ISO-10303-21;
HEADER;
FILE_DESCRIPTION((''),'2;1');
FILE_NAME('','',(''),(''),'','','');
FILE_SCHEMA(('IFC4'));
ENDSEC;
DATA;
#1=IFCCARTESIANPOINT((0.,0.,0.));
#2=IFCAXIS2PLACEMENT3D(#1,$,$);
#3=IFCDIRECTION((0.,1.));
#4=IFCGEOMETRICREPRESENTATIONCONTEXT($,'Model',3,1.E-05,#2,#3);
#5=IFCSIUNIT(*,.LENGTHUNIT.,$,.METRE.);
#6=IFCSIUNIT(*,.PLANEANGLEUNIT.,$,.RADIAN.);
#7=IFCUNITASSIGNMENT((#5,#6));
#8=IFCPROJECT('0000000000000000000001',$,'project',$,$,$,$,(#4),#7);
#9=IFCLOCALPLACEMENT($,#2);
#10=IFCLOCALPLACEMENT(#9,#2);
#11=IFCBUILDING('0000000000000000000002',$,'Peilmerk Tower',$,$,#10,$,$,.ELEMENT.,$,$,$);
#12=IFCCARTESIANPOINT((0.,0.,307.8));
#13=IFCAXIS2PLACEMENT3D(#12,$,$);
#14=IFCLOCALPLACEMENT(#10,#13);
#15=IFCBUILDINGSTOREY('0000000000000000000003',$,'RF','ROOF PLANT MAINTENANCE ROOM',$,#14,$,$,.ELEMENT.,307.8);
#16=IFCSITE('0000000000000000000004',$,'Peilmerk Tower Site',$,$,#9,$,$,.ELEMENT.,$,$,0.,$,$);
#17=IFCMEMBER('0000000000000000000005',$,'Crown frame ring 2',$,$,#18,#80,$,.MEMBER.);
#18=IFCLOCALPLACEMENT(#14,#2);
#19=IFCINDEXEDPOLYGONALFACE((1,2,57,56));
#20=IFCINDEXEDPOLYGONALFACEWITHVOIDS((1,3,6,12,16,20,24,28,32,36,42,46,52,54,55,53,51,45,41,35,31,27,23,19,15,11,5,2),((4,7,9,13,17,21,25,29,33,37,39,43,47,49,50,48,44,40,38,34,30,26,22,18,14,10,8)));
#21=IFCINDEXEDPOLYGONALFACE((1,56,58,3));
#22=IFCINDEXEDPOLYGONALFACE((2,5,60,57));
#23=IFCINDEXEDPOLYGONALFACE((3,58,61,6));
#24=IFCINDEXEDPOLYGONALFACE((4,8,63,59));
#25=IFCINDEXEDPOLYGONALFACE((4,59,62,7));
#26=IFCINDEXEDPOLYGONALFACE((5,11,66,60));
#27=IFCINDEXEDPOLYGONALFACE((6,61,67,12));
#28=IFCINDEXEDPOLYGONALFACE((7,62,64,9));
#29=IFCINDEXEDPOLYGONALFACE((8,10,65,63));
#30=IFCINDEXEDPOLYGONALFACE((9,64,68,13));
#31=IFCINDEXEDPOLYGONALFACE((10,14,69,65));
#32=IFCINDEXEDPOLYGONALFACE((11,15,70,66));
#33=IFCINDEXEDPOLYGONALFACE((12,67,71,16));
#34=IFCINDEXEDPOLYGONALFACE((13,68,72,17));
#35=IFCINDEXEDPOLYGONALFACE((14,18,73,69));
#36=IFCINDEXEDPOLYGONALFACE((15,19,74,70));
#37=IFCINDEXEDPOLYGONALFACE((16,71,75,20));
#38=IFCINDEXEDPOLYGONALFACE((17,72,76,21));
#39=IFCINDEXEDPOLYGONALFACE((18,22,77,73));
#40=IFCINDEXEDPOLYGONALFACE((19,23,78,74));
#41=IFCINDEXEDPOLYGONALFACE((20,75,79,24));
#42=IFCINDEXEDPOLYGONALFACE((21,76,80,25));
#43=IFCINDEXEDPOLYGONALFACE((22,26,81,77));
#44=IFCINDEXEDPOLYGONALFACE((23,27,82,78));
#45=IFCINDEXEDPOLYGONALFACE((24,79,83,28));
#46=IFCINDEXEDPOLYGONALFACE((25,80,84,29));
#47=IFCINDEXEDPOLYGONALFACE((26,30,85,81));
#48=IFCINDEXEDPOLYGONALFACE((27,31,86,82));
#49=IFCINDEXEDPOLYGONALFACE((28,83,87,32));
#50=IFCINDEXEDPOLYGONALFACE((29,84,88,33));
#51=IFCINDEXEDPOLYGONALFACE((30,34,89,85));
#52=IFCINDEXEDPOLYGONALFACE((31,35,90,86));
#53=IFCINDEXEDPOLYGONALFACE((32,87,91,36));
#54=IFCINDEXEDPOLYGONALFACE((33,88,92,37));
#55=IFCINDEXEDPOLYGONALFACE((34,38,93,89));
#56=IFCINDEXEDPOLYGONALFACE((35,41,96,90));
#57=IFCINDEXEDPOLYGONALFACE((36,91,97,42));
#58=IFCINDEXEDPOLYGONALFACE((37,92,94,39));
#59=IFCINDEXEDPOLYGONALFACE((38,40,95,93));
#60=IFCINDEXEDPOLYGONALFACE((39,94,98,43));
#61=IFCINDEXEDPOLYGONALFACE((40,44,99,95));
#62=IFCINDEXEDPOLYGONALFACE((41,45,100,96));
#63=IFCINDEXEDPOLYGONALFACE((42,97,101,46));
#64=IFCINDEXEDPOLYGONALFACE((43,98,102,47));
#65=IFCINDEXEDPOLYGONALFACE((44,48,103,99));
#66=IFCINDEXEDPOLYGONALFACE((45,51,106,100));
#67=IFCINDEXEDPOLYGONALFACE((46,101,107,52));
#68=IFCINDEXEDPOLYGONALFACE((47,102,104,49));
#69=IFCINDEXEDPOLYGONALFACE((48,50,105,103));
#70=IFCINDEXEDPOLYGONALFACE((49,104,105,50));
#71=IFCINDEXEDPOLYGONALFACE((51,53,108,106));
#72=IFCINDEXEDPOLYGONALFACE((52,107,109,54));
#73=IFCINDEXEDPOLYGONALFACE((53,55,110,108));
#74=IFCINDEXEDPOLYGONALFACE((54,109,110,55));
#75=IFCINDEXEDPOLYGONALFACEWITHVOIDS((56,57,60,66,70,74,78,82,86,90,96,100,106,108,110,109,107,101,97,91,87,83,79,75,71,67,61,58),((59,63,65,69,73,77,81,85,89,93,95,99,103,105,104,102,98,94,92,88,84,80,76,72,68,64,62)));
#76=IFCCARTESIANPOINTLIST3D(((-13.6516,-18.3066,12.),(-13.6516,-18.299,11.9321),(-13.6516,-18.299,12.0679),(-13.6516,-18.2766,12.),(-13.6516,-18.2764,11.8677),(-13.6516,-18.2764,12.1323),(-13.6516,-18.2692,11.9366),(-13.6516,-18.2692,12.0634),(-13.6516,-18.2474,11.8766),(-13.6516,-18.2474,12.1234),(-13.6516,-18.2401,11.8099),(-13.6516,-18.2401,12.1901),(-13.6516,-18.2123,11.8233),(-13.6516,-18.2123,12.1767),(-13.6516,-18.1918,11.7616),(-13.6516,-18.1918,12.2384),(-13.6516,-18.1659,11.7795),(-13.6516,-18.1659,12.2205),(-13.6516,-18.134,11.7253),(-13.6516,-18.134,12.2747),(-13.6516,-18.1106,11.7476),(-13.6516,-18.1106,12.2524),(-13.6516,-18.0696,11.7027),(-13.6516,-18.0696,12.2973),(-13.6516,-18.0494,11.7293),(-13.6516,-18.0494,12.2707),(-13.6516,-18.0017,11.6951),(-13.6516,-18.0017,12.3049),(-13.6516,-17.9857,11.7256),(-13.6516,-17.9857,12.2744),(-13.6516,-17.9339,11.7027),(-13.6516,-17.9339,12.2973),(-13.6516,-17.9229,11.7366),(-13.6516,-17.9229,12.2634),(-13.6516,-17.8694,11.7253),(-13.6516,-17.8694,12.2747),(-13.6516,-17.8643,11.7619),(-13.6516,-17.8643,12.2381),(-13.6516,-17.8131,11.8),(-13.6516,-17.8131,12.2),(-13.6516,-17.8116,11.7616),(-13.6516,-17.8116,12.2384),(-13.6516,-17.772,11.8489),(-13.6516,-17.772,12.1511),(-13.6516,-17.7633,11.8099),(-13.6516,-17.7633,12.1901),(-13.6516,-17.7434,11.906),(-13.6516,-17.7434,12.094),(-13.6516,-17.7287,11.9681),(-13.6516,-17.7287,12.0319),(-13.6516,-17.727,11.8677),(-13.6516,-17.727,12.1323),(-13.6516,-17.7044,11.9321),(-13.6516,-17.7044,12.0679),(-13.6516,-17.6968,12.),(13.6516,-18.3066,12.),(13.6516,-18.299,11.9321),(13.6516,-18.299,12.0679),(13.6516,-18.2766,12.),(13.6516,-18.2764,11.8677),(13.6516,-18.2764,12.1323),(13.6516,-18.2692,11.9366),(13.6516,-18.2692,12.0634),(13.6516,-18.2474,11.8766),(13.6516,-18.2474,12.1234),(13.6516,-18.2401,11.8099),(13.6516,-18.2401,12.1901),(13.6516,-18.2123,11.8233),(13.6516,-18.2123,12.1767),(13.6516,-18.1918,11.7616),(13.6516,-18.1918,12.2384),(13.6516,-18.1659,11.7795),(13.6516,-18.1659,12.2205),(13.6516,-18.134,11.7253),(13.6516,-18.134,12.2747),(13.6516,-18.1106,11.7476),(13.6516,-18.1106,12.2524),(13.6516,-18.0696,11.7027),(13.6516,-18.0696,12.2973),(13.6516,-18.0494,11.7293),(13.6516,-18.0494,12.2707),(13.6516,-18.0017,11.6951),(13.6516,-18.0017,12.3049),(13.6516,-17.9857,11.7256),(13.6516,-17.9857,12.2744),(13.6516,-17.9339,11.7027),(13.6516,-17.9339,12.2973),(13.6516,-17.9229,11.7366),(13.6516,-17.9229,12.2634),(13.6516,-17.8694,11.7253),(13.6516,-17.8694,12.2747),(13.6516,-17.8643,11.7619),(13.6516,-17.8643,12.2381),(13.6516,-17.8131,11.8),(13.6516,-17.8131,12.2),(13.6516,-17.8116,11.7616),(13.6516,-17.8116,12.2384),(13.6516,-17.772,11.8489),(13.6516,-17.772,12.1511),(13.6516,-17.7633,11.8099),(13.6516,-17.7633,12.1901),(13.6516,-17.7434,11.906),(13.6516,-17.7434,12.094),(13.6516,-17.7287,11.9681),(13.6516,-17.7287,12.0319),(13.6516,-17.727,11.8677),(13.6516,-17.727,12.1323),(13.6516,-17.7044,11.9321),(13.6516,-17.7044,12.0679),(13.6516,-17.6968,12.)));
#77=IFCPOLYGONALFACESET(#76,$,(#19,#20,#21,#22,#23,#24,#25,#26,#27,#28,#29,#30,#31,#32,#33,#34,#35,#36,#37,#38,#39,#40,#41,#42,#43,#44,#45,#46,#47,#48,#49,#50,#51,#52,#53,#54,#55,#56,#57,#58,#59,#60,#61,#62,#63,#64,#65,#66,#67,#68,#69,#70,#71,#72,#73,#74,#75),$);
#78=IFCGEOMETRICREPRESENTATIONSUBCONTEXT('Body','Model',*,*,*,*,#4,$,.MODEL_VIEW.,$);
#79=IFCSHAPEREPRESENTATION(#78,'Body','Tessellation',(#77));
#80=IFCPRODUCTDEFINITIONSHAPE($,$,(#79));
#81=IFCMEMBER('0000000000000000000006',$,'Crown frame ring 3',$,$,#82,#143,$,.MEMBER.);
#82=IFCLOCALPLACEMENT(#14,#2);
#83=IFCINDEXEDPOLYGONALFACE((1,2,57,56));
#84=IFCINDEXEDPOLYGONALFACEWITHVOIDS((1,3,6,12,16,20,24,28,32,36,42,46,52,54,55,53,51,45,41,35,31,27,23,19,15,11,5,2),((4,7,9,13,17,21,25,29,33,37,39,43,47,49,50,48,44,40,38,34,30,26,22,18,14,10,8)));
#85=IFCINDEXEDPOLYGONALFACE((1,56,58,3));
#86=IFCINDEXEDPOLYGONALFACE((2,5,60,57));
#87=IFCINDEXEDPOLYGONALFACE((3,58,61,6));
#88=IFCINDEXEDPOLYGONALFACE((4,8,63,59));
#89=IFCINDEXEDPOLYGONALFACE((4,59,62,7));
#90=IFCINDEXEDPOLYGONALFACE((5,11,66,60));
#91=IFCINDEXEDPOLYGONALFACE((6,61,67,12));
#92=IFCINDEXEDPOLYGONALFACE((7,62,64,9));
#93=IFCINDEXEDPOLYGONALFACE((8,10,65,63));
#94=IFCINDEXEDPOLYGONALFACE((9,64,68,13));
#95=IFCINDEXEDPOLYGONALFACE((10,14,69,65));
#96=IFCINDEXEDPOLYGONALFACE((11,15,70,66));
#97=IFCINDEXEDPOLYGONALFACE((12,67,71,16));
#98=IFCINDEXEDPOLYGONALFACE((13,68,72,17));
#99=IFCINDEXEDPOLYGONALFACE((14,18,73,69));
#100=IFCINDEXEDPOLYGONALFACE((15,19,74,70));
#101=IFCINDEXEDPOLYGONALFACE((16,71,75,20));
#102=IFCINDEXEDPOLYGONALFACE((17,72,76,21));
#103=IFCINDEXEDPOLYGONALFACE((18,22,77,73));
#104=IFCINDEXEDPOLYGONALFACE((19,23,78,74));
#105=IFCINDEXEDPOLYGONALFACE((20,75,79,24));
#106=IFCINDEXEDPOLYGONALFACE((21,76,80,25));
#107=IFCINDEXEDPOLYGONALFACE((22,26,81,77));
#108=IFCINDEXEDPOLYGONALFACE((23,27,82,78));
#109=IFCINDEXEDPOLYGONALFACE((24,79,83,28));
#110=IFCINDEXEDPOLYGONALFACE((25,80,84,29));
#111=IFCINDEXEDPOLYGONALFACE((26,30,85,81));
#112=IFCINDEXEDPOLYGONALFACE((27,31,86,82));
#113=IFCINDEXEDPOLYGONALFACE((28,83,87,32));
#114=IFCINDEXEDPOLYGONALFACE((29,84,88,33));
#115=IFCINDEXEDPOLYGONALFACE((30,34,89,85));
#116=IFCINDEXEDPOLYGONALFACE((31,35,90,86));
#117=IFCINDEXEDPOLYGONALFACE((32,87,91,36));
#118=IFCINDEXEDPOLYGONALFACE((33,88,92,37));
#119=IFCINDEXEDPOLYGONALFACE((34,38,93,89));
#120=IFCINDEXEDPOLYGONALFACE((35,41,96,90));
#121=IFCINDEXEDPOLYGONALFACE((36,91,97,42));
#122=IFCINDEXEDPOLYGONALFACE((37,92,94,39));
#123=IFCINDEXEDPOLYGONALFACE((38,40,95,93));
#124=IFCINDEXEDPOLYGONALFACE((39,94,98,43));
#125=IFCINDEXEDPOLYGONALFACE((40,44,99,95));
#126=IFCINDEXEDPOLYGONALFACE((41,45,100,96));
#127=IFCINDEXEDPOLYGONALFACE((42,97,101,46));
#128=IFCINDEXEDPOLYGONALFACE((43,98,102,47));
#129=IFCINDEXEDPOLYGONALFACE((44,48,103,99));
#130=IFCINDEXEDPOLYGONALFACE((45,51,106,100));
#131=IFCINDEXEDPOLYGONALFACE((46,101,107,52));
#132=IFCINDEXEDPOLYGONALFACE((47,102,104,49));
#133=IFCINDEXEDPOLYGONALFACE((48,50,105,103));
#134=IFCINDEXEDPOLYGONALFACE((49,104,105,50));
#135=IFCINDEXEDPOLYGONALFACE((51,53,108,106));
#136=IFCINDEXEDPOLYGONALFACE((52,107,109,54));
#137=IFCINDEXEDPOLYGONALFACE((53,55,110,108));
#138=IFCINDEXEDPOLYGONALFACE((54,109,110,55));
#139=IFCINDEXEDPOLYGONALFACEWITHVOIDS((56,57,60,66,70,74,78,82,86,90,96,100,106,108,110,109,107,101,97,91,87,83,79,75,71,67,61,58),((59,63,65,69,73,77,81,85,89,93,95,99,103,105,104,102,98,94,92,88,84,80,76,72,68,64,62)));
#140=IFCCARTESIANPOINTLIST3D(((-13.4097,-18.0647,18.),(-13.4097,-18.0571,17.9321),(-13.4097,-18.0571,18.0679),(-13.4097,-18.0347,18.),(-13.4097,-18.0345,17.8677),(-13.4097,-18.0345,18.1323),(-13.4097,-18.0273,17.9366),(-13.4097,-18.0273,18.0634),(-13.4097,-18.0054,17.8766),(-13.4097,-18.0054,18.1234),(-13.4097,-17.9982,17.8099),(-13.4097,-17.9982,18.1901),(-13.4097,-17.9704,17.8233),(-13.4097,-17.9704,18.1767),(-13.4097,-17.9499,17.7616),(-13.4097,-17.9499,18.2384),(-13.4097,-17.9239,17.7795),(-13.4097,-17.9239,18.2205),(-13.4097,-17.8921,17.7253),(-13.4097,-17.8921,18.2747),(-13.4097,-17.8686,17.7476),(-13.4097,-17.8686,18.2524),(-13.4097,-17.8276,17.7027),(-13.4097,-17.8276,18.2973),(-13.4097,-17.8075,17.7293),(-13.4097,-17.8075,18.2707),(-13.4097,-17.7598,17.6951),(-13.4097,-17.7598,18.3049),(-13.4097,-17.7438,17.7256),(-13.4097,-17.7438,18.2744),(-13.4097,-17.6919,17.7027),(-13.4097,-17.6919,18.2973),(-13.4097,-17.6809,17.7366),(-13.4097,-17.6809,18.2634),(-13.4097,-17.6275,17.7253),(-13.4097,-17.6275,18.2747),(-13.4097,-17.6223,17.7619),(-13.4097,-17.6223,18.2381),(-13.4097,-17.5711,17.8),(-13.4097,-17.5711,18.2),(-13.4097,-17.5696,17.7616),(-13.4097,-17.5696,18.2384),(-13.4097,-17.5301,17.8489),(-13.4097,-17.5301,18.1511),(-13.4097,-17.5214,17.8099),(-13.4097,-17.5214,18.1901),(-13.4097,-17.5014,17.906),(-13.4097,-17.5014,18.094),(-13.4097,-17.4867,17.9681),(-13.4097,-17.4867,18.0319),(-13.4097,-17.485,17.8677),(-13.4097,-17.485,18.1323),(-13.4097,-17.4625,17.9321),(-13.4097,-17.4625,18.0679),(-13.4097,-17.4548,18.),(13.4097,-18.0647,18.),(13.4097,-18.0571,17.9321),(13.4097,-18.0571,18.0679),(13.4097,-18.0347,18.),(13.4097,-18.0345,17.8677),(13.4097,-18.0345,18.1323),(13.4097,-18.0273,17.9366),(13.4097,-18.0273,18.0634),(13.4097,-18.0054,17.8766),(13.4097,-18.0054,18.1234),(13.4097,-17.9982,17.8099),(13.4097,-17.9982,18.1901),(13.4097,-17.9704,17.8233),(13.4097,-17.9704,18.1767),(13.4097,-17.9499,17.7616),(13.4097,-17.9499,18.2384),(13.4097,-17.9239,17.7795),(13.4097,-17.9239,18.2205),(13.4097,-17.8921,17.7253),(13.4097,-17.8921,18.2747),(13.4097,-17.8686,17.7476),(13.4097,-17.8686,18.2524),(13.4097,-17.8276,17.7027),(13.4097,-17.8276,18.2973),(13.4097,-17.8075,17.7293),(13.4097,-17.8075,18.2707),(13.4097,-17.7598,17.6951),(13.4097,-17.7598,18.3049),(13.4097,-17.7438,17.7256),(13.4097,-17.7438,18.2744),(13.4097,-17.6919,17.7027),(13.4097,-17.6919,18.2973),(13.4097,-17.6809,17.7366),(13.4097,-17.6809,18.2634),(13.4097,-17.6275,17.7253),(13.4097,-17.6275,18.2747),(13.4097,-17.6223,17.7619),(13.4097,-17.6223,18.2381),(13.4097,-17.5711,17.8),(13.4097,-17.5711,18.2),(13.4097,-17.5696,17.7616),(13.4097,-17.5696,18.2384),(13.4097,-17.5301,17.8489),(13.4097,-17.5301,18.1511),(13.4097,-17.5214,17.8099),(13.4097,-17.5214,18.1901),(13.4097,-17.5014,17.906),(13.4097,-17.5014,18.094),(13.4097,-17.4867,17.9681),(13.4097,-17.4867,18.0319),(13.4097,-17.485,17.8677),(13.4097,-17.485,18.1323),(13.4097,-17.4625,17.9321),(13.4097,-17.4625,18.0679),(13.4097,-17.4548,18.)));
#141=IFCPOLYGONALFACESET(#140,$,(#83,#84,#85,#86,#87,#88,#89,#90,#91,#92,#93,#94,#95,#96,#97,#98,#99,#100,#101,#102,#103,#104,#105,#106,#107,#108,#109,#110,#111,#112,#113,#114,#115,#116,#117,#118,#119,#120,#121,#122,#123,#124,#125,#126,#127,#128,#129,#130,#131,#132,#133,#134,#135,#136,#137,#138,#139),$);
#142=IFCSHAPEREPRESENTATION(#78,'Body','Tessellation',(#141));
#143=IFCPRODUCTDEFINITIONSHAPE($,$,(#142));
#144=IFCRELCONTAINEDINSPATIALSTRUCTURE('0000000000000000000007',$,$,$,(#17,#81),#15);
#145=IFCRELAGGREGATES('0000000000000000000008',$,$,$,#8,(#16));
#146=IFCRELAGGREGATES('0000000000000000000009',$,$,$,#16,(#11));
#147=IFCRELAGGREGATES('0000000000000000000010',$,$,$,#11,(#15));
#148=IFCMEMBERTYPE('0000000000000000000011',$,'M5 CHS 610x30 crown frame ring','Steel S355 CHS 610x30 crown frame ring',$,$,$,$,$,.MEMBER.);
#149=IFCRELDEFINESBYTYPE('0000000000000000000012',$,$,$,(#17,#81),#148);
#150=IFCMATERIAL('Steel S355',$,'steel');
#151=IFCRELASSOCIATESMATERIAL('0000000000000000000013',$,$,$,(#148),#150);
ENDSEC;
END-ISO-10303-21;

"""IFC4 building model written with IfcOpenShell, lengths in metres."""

from ifc_helpers import new_model, si_unit, direction, frame, origin, origin_2d, place, context, subcontext, project, spatial, hollow_circle, extrude, material, material_profile, profile_set, type_object, element, save


model = new_model("IFC4")

# Units and contexts
model_context = context("Model", 3, precision=1e-05, world=origin(), true_north=direction((0.0, 1.0)))
body_context = subcontext(model_context, "Body", "Model", "MODEL_VIEW")
ifc_project = project(units=[si_unit("LENGTHUNIT", "METRE"), si_unit("PLANEANGLEUNIT", "RADIAN")], contexts=[model_context])

# Site, building, storey
site_placement = place(None, origin())
site = spatial("IfcSite", under=ifc_project, at=site_placement, Name="Peilmerk Tower Site", CompositionType="ELEMENT", RefElevation=0.0)
building_placement = place(site_placement, origin())
building = spatial("IfcBuilding", under=site, at=building_placement, Name="Peilmerk Tower", CompositionType="ELEMENT")
storey_placement = place(building_placement, frame((0.0, 0.0, 307.8)))
storey = spatial("IfcBuildingStorey", under=building, at=storey_placement, Name="RF", Description="ROOF PLANT MAINTENANCE ROOM", CompositionType="ELEMENT", Elevation=307.8)

# Shared definitions
ifc_material_1 = material(Name="Steel S355", Category="steel")

# Members
ifc_material_profile_1 = material_profile(ifc_material_1, hollow_circle(Radius=0.3049, WallThickness=0.03, at=origin_2d()), Name="CHS 610x30")
ifc_profile_set_1 = profile_set([ifc_material_profile_1], Name="Steel S355")
member_type_1 = type_object("IfcMemberType", Name="M5 CHS 610x30 crown frame ring", Description="Steel S355 CHS 610x30 crown frame ring", PredefinedType="MEMBER", material=ifc_profile_set_1)
member_1_placement = place(storey_placement, frame((13.6516, -18.0017, 12.0), z_axis=(-1.0, 0.0, 0.0), x_axis=(0.0, -1.0, 0.0)))
element("IfcMember", 1, at=member_1_placement, inside=storey, type_object=member_type_1, Name="Crown frame ring 2", PredefinedType="MEMBER", context=body_context, shape_type="SweptSolid", body=[
    extrude(hollow_circle(Radius=0.3049, WallThickness=0.03, at=origin_2d()), origin(), (0.0, 0.0, 1.0), 27.3032),
])
member_2_placement = place(storey_placement, frame((13.4097, -17.7598, 18.0), z_axis=(-1.0, 0.0, 0.0), x_axis=(0.0, -1.0, 0.0)))
element("IfcMember", 2, at=member_2_placement, inside=storey, type_object=member_type_1, Name="Crown frame ring 3", PredefinedType="MEMBER", context=body_context, shape_type="SweptSolid", body=[
    extrude(hollow_circle(Radius=0.3049, WallThickness=0.03, at=origin_2d()), origin(), (0.0, 0.0, 1.0), 26.8193),
])

save(model, "model.ifc")
